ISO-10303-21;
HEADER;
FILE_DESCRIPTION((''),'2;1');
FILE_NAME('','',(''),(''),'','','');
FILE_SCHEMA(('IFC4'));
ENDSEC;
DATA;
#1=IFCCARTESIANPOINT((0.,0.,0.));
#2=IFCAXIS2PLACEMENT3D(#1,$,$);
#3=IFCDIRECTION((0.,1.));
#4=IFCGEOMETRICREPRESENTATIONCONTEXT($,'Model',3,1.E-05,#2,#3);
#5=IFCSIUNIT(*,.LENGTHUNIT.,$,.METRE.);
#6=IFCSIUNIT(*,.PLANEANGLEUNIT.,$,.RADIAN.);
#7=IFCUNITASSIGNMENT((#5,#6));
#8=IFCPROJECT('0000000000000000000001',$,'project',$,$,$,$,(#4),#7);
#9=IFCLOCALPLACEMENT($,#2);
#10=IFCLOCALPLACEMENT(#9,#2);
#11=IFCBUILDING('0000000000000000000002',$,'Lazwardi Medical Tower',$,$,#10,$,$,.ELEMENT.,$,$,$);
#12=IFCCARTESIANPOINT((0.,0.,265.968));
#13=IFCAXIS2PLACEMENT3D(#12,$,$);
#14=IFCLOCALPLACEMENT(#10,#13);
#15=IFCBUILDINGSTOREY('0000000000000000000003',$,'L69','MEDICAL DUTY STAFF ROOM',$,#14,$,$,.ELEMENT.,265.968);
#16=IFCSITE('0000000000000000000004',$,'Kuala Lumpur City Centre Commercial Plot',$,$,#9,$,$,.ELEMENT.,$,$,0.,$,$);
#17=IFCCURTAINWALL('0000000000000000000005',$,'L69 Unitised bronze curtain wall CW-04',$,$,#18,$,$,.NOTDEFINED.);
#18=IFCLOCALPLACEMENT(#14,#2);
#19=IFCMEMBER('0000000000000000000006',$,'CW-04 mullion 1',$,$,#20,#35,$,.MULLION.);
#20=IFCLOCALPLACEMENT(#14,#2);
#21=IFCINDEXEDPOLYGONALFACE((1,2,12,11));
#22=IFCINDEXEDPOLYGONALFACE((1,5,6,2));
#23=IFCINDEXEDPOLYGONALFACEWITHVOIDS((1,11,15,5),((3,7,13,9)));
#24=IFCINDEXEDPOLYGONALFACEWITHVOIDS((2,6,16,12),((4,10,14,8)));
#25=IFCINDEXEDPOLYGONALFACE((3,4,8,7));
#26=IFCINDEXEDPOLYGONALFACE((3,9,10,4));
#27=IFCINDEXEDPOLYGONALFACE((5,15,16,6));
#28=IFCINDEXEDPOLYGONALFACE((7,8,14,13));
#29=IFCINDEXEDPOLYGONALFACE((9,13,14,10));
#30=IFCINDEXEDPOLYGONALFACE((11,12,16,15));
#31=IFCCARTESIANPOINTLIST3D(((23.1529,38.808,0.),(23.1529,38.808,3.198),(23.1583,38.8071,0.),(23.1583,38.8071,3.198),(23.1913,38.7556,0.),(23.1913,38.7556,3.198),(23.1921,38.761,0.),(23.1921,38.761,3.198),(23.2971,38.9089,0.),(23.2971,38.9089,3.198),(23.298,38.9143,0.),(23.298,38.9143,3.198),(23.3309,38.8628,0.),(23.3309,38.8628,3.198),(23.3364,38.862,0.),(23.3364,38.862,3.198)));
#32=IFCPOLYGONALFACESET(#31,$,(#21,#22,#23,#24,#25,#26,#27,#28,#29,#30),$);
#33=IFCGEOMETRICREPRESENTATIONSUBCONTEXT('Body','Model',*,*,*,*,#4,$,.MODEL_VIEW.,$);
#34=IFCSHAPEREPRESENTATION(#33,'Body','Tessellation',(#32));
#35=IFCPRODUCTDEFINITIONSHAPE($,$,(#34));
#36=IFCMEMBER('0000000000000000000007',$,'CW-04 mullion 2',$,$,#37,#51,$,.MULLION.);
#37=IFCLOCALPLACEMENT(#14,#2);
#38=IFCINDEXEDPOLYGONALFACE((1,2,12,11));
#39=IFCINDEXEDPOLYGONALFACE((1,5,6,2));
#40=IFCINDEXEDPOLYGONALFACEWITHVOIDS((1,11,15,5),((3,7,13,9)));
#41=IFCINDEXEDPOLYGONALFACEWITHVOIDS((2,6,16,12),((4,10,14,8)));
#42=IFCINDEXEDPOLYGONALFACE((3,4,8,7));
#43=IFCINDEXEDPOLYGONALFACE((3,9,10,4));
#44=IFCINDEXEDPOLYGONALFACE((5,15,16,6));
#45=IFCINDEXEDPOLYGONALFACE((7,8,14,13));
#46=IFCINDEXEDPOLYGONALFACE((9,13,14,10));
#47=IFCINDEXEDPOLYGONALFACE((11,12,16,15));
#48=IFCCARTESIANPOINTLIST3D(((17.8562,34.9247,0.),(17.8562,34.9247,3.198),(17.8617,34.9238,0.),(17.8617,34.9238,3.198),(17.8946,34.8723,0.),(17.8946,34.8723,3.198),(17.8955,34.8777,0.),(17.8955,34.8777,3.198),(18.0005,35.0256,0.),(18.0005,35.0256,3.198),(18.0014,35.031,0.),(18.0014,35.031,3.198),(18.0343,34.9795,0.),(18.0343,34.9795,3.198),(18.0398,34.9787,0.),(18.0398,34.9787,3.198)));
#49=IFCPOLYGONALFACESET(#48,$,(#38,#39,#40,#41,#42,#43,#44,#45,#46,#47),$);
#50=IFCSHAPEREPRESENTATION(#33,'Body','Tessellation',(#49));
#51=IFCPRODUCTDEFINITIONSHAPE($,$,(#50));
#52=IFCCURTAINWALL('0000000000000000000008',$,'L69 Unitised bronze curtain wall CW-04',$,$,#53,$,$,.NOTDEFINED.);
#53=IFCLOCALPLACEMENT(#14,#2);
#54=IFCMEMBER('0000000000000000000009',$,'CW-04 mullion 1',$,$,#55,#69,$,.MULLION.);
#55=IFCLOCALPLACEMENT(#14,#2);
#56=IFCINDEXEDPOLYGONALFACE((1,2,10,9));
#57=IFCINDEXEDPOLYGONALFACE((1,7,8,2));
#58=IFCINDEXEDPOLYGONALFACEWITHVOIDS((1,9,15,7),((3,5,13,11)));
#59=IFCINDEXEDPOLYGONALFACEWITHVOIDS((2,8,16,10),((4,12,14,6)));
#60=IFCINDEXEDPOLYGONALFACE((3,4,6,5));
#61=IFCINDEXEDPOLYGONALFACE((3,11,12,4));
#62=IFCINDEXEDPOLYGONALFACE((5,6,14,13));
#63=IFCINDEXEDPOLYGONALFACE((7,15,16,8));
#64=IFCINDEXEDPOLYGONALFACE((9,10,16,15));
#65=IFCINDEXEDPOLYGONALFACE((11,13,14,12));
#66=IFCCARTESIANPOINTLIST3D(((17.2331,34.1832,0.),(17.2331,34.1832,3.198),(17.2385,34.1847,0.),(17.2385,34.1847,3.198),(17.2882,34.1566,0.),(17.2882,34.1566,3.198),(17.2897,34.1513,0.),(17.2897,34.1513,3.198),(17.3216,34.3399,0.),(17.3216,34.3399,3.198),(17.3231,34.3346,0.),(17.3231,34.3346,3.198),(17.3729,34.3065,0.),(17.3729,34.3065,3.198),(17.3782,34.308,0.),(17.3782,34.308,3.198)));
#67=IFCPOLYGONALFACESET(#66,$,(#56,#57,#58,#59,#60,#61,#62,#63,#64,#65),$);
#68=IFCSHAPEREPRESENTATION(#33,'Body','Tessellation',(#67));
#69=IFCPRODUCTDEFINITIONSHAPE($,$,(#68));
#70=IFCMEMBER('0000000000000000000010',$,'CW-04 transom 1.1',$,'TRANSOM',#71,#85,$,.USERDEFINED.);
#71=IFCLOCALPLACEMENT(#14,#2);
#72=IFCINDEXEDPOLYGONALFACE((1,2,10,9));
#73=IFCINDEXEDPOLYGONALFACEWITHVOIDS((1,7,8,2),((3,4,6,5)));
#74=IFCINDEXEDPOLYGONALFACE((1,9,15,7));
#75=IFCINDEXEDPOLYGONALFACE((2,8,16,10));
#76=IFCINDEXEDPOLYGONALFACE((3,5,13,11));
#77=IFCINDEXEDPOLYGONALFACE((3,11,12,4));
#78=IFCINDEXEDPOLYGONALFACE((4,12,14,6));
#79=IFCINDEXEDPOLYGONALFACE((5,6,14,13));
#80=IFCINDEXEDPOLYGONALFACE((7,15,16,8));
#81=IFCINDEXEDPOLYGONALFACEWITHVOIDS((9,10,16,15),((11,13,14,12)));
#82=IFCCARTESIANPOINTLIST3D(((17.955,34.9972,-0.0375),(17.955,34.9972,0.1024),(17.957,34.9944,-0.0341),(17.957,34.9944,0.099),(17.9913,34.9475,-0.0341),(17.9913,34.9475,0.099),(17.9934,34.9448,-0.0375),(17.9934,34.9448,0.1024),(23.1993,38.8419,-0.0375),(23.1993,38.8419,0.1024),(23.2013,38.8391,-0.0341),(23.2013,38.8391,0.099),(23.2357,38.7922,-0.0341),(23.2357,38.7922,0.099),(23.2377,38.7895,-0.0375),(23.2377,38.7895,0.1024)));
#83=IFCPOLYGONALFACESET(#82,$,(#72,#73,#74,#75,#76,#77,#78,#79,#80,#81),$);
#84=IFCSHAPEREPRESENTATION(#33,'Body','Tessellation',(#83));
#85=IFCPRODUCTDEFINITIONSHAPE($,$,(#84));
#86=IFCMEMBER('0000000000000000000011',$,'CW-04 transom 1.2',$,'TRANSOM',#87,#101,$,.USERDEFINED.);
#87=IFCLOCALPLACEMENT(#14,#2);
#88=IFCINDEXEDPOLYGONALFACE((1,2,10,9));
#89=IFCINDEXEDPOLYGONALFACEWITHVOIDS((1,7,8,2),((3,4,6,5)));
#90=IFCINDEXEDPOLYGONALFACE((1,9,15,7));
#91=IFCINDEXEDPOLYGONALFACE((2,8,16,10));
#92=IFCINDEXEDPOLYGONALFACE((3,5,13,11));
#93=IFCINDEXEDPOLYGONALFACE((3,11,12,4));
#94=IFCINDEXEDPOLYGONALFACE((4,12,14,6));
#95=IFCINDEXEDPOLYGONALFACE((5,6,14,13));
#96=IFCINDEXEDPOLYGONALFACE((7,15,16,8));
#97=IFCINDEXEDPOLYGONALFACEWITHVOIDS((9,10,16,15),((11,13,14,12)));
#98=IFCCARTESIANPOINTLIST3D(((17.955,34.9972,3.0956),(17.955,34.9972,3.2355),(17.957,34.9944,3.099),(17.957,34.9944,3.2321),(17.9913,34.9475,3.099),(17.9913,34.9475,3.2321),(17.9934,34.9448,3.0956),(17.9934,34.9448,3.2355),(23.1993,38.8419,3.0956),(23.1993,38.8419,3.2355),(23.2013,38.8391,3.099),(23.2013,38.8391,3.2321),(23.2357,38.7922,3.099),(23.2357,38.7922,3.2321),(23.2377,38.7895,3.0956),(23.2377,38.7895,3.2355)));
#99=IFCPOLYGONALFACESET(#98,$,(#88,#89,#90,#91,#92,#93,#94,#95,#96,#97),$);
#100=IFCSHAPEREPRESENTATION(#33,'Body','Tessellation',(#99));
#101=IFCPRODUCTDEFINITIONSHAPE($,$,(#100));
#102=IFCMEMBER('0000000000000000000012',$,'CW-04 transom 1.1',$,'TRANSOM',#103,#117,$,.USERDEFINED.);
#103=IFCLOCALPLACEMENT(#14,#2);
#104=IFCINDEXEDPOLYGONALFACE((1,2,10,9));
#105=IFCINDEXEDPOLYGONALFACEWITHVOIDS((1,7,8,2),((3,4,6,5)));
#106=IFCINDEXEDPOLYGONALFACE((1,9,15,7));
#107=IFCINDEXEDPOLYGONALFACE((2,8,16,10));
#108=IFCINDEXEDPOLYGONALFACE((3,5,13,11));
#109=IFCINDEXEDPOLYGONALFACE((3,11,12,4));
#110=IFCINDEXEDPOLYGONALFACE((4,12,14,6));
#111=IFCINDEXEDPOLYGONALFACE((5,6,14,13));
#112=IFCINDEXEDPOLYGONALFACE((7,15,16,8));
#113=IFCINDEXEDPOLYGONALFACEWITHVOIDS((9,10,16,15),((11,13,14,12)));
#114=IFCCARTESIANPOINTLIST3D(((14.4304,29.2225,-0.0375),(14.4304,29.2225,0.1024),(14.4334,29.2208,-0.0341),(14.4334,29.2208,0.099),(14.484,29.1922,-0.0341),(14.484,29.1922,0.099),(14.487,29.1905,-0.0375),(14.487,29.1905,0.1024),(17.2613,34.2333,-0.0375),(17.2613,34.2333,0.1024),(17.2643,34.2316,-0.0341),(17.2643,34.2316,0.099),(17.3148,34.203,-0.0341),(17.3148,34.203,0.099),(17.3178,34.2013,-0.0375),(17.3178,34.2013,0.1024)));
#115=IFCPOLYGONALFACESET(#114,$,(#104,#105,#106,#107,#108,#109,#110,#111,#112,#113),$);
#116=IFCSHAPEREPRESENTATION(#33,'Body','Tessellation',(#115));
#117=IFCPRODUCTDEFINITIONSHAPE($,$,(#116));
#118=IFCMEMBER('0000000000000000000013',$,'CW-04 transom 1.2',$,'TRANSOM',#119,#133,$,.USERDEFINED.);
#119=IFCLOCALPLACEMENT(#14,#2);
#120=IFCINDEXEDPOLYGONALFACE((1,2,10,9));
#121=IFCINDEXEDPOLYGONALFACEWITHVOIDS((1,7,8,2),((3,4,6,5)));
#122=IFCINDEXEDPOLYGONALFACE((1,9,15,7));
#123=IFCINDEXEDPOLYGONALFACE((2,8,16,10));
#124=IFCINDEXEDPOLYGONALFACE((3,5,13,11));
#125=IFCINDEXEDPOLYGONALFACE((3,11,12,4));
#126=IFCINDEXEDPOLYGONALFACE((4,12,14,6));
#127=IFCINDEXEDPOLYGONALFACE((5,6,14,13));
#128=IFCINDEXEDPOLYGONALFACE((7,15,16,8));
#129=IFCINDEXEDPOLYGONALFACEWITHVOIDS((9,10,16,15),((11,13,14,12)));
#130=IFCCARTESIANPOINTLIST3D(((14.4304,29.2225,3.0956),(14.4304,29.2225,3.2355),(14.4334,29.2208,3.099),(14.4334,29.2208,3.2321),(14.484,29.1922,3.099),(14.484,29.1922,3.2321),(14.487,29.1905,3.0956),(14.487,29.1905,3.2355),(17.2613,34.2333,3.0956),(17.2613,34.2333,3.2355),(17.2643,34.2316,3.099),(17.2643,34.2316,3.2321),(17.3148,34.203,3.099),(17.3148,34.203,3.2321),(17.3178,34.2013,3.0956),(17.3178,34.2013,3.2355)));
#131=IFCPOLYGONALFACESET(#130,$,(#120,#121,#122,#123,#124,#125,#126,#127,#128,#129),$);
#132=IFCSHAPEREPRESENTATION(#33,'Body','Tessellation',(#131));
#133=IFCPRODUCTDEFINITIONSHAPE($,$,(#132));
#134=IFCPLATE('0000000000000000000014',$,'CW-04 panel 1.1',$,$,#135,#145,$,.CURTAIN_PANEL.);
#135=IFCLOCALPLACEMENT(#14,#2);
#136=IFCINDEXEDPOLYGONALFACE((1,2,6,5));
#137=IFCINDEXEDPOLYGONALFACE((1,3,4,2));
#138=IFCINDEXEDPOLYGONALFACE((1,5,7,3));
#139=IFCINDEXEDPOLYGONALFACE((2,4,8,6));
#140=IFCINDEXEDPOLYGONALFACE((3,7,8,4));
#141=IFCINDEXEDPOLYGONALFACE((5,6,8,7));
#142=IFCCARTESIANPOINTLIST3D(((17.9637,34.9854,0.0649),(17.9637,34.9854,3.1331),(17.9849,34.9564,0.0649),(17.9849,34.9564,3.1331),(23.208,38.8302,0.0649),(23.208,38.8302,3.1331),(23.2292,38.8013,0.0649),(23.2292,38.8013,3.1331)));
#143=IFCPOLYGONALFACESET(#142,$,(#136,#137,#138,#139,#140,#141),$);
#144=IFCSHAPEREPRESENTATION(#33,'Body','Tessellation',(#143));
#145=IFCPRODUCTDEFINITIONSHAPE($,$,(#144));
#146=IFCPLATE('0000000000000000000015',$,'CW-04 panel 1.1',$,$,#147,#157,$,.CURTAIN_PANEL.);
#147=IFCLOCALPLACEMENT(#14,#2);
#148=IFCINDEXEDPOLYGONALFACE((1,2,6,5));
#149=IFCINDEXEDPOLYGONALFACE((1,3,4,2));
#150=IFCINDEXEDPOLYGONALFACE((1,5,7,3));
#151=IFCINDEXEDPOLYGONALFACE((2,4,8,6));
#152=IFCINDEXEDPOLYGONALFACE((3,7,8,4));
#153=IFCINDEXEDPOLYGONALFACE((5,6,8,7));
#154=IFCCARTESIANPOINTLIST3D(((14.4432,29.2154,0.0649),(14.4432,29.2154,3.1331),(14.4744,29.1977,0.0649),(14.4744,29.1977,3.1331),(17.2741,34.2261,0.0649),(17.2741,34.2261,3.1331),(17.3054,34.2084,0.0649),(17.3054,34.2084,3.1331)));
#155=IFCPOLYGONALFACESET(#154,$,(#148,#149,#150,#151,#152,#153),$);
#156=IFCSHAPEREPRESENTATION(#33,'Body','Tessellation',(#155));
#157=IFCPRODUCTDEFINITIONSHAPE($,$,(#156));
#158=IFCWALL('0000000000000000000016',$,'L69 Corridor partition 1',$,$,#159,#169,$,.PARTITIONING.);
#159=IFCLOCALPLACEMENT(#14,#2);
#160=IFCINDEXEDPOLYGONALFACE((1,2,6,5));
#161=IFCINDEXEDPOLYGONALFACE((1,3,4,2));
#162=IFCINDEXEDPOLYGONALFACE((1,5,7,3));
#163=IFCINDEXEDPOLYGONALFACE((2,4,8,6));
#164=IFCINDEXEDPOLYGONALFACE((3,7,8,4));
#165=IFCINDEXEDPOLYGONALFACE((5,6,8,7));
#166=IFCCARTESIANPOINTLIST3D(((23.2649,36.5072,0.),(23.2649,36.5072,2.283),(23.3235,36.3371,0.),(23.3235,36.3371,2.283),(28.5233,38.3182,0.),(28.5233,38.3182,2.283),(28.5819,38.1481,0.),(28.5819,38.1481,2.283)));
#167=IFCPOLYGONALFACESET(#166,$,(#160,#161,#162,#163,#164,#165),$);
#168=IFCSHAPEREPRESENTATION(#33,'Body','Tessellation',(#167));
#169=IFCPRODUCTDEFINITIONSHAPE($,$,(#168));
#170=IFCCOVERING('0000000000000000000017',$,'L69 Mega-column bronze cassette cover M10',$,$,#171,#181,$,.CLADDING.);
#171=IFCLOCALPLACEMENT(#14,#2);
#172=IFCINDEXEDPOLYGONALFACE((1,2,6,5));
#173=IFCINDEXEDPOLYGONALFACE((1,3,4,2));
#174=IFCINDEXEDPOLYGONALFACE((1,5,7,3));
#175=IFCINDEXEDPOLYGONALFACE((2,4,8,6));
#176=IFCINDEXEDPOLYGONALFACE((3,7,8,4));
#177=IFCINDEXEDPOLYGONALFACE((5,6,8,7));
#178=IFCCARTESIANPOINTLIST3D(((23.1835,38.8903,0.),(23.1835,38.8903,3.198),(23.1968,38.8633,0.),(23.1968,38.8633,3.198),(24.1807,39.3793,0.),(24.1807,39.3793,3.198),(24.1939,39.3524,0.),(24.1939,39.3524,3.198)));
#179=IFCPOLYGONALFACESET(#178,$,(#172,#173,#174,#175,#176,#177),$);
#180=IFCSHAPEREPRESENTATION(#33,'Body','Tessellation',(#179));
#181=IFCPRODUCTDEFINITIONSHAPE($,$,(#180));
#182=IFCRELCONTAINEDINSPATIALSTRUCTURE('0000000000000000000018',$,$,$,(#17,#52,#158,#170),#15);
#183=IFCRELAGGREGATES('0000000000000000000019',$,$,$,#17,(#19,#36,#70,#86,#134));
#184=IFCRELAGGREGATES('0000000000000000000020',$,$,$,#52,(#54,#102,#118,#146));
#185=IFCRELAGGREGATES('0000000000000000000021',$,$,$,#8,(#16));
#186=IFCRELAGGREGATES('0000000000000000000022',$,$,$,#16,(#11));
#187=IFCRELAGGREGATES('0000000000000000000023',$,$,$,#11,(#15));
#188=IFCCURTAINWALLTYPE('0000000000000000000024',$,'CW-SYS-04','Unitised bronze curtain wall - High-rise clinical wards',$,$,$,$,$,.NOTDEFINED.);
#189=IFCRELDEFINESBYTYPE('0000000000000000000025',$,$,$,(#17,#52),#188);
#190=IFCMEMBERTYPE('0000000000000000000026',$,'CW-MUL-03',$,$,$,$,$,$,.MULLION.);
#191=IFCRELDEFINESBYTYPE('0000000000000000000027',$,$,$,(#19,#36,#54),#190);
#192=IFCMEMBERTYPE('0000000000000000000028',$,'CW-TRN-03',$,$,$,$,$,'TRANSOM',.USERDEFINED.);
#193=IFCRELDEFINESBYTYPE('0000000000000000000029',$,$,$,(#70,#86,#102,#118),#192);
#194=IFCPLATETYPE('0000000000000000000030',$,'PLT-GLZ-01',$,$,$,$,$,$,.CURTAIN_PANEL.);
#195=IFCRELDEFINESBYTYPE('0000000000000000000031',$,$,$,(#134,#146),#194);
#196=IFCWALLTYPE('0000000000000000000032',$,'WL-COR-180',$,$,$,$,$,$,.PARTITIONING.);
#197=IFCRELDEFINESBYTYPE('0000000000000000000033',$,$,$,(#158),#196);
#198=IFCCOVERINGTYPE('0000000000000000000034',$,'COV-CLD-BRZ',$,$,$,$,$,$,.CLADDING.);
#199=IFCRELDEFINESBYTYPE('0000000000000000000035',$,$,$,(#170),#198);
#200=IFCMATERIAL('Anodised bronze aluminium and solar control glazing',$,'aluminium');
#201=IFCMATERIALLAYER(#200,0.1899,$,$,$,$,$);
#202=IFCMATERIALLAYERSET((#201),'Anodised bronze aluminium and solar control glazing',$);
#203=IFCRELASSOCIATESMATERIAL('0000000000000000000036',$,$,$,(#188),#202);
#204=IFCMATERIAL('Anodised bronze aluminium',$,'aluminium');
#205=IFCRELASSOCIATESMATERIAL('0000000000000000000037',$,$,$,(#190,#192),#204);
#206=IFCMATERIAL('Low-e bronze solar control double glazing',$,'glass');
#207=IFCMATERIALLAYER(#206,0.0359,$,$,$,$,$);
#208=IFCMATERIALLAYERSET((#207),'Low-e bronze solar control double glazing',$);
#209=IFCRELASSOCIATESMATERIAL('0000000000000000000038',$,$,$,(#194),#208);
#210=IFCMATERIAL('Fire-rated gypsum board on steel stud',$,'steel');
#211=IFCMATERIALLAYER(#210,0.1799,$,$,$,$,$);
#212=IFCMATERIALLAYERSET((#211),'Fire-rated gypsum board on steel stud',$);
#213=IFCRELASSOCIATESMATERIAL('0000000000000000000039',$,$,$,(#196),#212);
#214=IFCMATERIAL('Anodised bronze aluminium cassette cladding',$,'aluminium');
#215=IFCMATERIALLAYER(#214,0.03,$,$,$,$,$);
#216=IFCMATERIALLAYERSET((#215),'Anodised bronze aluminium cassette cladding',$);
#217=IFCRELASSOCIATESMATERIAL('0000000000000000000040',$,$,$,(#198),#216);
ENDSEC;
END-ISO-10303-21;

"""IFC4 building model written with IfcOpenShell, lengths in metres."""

from ifc_helpers import new_model, si_unit, direction, frame, frame_2d, origin, origin_2d, place, context, subcontext, project, spatial, rectangle, hollow_rectangle, extrude, material, layer, layer_set, material_profile, profile_set, type_object, element, aggregate, save


model = new_model("IFC4")

# Units and contexts
model_context = context("Model", 3, precision=1e-05, world=origin(), true_north=direction((0.0, 1.0)))
body_context = subcontext(model_context, "Body", "Model", "MODEL_VIEW")
ifc_project = project(units=[si_unit("LENGTHUNIT", "METRE"), si_unit("PLANEANGLEUNIT", "RADIAN")], contexts=[model_context])

# Site, building, storey
site_placement = place(None, origin())
site = spatial("IfcSite", under=ifc_project, at=site_placement, Name="Kuala Lumpur City Centre Commercial Plot", CompositionType="ELEMENT", RefElevation=0.0)
building_placement = place(site_placement, origin())
building = spatial("IfcBuilding", under=site, at=building_placement, Name="Lazwardi Medical Tower", CompositionType="ELEMENT")
storey_placement = place(building_placement, frame((0.0, 0.0, 265.968)))
storey = spatial("IfcBuildingStorey", under=building, at=storey_placement, Name="L69", Description="MEDICAL DUTY STAFF ROOM", CompositionType="ELEMENT", Elevation=265.968)

# Shared definitions
ifc_material_1 = material(Name="Anodised bronze aluminium and solar control glazing", Category="aluminium")
ifc_layer_1 = layer(ifc_material_1, 0.1899)
ifc_layer_set_1 = layer_set([ifc_layer_1], Name="Anodised bronze aluminium and solar control glazing")
curtain_wall_type = type_object("IfcCurtainWallType", Name="CW-SYS-04", Description="Unitised bronze curtain wall - High-rise clinical wards", PredefinedType="NOTDEFINED", material=ifc_layer_set_1)
ifc_material_2 = material(Name="Anodised bronze aluminium", Category="aluminium")
ifc_material_profile_1 = material_profile(ifc_material_2, hollow_rectangle(XDim=0.0649, YDim=0.1799, WallThickness=0.0039, at=origin_2d()), Name="ALU-MULLION 180x65x4")
ifc_profile_set_1 = profile_set([ifc_material_profile_1], Name="Anodised bronze aluminium")
member_type_1 = type_object("IfcMemberType", Name="CW-MUL-03", PredefinedType="MULLION", material=ifc_profile_set_1)

# Curtain wall, members
curtain_wall_1_placement = place(storey_placement, origin())
curtain_wall_1 = element("IfcCurtainWall", 1, at=curtain_wall_1_placement, inside=storey, type_object=curtain_wall_type, Name="L69 Unitised bronze curtain wall CW-04", PredefinedType="NOTDEFINED")
member_1_placement = place(storey_placement, frame((23.2446, 38.835, 0.0), z_axis=(0.0, 0.0, 1.0), x_axis=(0.591268, -0.806475, 0.0)))
member_1 = element("IfcMember", 2, at=member_1_placement, type_object=member_type_1, Name="CW-04 mullion 1", PredefinedType="MULLION", context=body_context, shape_type="SweptSolid", body=[
    extrude(hollow_rectangle(XDim=0.0649, YDim=0.1799, WallThickness=0.0039, at=origin_2d()), origin(), (0.0, 0.0, 1.0), 3.198),
])
member_2_placement = place(storey_placement, frame((17.948, 34.9517, 0.0), z_axis=(0.0, 0.0, 1.0), x_axis=(0.591268, -0.806475, 0.0)))
member_2 = element("IfcMember", 3, at=member_2_placement, type_object=member_type_1, Name="CW-04 mullion 2", PredefinedType="MULLION", context=body_context, shape_type="SweptSolid", body=[
    extrude(hollow_rectangle(XDim=0.0649, YDim=0.1799, WallThickness=0.0039, at=origin_2d()), origin(), (0.0, 0.0, 1.0), 3.198),
])

# Curtain wall, member
curtain_wall_2_placement = place(storey_placement, origin())
curtain_wall_2 = element("IfcCurtainWall", 4, at=curtain_wall_2_placement, inside=storey, type_object=curtain_wall_type, Name="L69 Unitised bronze curtain wall CW-04", PredefinedType="NOTDEFINED")
member_3_placement = place(storey_placement, frame((17.3057, 34.2456, 0.0), z_axis=(0.0, 0.0, 1.0), x_axis=(0.870651, -0.4919, 0.0)))
member_3 = element("IfcMember", 5, at=member_3_placement, type_object=member_type_1, Name="CW-04 mullion 1", PredefinedType="MULLION", context=body_context, shape_type="SweptSolid", body=[
    extrude(hollow_rectangle(XDim=0.0649, YDim=0.1799, WallThickness=0.0039, at=origin_2d()), origin(), (0.0, 0.0, 1.0), 3.198),
])

# Members
ifc_material_profile_2 = material_profile(ifc_material_2, hollow_rectangle(XDim=0.0649, YDim=0.1399, WallThickness=0.0034, at=origin_2d()), Name="ALU-TRANSOM 140x65x3.5")
ifc_profile_set_2 = profile_set([ifc_material_profile_2], Name="Anodised bronze aluminium")
member_type_2 = type_object("IfcMemberType", Name="CW-TRN-03", ElementType="TRANSOM", PredefinedType="USERDEFINED", material=ifc_profile_set_2)
member_4_placement = place(storey_placement, frame((23.2185, 38.8157, 0.0325), z_axis=(-0.80649, -0.591248, 0.0), x_axis=(0.591248, -0.80649, 0.0)))
member_4 = element("IfcMember", 6, at=member_4_placement, type_object=member_type_2, Name="CW-04 transom 1.1", ObjectType="TRANSOM", PredefinedType="USERDEFINED", context=body_context, shape_type="SweptSolid", body=[
    extrude(hollow_rectangle(XDim=0.0649, YDim=0.1399, WallThickness=0.0034, at=origin_2d()), origin(), (0.0, 0.0, 1.0), 6.5027),
])
member_5_placement = place(storey_placement, frame((23.2185, 38.8157, 3.1655), z_axis=(-0.80649, -0.591248, 0.0), x_axis=(0.591248, -0.80649, 0.0)))
member_5 = element("IfcMember", 7, at=member_5_placement, type_object=member_type_2, Name="CW-04 transom 1.2", ObjectType="TRANSOM", PredefinedType="USERDEFINED", context=body_context, shape_type="SweptSolid", body=[
    extrude(hollow_rectangle(XDim=0.0649, YDim=0.1399, WallThickness=0.0034, at=origin_2d()), origin(), (0.0, 0.0, 1.0), 6.5027),
])
member_6_placement = place(storey_placement, frame((17.2896, 34.2173, 0.0325), z_axis=(-0.49188, -0.870663, 0.0), x_axis=(0.870663, -0.49188, 0.0)))
member_6 = element("IfcMember", 8, at=member_6_placement, type_object=member_type_2, Name="CW-04 transom 1.1", ObjectType="TRANSOM", PredefinedType="USERDEFINED", context=body_context, shape_type="SweptSolid", body=[
    extrude(hollow_rectangle(XDim=0.0649, YDim=0.1399, WallThickness=0.0034, at=origin_2d()), origin(), (0.0, 0.0, 1.0), 5.7551),
])
member_7_placement = place(storey_placement, frame((17.2896, 34.2173, 3.1655), z_axis=(-0.49188, -0.870663, 0.0), x_axis=(0.870663, -0.49188, 0.0)))
member_7 = element("IfcMember", 9, at=member_7_placement, type_object=member_type_2, Name="CW-04 transom 1.2", ObjectType="TRANSOM", PredefinedType="USERDEFINED", context=body_context, shape_type="SweptSolid", body=[
    extrude(hollow_rectangle(XDim=0.0649, YDim=0.1399, WallThickness=0.0034, at=origin_2d()), origin(), (0.0, 0.0, 1.0), 5.7551),
])

# Plates
ifc_material_3 = material(Name="Low-e bronze solar control double glazing", Category="glass")
ifc_layer_2 = layer(ifc_material_3, 0.0359)
ifc_layer_set_2 = layer_set([ifc_layer_2], Name="Low-e bronze solar control double glazing")
plate_type = type_object("IfcPlateType", Name="PLT-GLZ-01", PredefinedType="CURTAIN_PANEL", material=ifc_layer_set_2)
plate_1_placement = place(storey_placement, frame((20.5964, 36.8933, 0.0649), z_axis=(0.0, 0.0, 1.0), x_axis=(-0.806475, -0.591268, 0.0)))
plate_1 = element("IfcPlate", 10, at=plate_1_placement, type_object=plate_type, Name="CW-04 panel 1.1", PredefinedType="CURTAIN_PANEL", context=body_context, shape_type="SweptSolid", body=[
    extrude(rectangle(XDim=6.5027, YDim=0.0359, at=origin_2d()), origin(), (0.0, 0.0, 1.0), 3.0681),
])
aggregate(curtain_wall_1, [member_1, member_2, member_4, member_5, plate_1])
plate_2_placement = place(storey_placement, frame((15.8743, 31.7119, 0.0649), z_axis=(0.0, 0.0, 1.0), x_axis=(-0.4919, -0.870651, 0.0)))
plate_2 = element("IfcPlate", 11, at=plate_2_placement, type_object=plate_type, Name="CW-04 panel 1.1", PredefinedType="CURTAIN_PANEL", context=body_context, shape_type="SweptSolid", body=[
    extrude(rectangle(XDim=5.7551, YDim=0.0359, at=origin_2d()), origin(), (0.0, 0.0, 1.0), 3.0681),
])
aggregate(curtain_wall_2, [member_3, member_6, member_7, plate_2])

# Wall
ifc_material_4 = material(Name="Fire-rated gypsum board on steel stud", Category="steel")
ifc_layer_3 = layer(ifc_material_4, 0.1799)
ifc_layer_set_3 = layer_set([ifc_layer_3], Name="Fire-rated gypsum board on steel stud")
wall_type = type_object("IfcWallType", Name="WL-COR-180", PredefinedType="PARTITIONING", material=ifc_layer_set_3)
wall_placement = place(storey_placement, frame((23.2942, 36.4221, 0.0), z_axis=(0.0, 0.0, 1.0), x_axis=(0.945493, 0.325642, 0.0)))
element("IfcWall", 12, at=wall_placement, inside=storey, type_object=wall_type, Name="L69 Corridor partition 1", PredefinedType="PARTITIONING", context=body_context, shape_type="SweptSolid", body=[
    extrude(rectangle(XDim=5.5615, YDim=0.1799, at=frame_2d((2.7808, 0.0))), origin(), (0.0, 0.0, 1.0), 2.283),
])

# Covering
ifc_material_5 = material(Name="Anodised bronze aluminium cassette cladding", Category="aluminium")
ifc_layer_4 = layer(ifc_material_5, 0.03)
ifc_layer_set_4 = layer_set([ifc_layer_4], Name="Anodised bronze aluminium cassette cladding")
covering_type = type_object("IfcCoveringType", Name="COV-CLD-BRZ", PredefinedType="CLADDING", material=ifc_layer_set_4)
covering_1_placement = place(storey_placement, frame((23.6887, 39.1213, 0.0), z_axis=(0.0, 0.0, 1.0), x_axis=(-0.89784, -0.440322, 0.0)))
element("IfcCovering", 13, at=covering_1_placement, inside=storey, type_object=covering_type, Name="L69 Mega-column bronze cassette cover M10", PredefinedType="CLADDING", context=body_context, shape_type="SweptSolid", body=[
    extrude(rectangle(XDim=1.1106, YDim=0.03, at=origin_2d()), origin(), (0.0, 0.0, 1.0), 3.198),
])

save(model, "model.ifc")
